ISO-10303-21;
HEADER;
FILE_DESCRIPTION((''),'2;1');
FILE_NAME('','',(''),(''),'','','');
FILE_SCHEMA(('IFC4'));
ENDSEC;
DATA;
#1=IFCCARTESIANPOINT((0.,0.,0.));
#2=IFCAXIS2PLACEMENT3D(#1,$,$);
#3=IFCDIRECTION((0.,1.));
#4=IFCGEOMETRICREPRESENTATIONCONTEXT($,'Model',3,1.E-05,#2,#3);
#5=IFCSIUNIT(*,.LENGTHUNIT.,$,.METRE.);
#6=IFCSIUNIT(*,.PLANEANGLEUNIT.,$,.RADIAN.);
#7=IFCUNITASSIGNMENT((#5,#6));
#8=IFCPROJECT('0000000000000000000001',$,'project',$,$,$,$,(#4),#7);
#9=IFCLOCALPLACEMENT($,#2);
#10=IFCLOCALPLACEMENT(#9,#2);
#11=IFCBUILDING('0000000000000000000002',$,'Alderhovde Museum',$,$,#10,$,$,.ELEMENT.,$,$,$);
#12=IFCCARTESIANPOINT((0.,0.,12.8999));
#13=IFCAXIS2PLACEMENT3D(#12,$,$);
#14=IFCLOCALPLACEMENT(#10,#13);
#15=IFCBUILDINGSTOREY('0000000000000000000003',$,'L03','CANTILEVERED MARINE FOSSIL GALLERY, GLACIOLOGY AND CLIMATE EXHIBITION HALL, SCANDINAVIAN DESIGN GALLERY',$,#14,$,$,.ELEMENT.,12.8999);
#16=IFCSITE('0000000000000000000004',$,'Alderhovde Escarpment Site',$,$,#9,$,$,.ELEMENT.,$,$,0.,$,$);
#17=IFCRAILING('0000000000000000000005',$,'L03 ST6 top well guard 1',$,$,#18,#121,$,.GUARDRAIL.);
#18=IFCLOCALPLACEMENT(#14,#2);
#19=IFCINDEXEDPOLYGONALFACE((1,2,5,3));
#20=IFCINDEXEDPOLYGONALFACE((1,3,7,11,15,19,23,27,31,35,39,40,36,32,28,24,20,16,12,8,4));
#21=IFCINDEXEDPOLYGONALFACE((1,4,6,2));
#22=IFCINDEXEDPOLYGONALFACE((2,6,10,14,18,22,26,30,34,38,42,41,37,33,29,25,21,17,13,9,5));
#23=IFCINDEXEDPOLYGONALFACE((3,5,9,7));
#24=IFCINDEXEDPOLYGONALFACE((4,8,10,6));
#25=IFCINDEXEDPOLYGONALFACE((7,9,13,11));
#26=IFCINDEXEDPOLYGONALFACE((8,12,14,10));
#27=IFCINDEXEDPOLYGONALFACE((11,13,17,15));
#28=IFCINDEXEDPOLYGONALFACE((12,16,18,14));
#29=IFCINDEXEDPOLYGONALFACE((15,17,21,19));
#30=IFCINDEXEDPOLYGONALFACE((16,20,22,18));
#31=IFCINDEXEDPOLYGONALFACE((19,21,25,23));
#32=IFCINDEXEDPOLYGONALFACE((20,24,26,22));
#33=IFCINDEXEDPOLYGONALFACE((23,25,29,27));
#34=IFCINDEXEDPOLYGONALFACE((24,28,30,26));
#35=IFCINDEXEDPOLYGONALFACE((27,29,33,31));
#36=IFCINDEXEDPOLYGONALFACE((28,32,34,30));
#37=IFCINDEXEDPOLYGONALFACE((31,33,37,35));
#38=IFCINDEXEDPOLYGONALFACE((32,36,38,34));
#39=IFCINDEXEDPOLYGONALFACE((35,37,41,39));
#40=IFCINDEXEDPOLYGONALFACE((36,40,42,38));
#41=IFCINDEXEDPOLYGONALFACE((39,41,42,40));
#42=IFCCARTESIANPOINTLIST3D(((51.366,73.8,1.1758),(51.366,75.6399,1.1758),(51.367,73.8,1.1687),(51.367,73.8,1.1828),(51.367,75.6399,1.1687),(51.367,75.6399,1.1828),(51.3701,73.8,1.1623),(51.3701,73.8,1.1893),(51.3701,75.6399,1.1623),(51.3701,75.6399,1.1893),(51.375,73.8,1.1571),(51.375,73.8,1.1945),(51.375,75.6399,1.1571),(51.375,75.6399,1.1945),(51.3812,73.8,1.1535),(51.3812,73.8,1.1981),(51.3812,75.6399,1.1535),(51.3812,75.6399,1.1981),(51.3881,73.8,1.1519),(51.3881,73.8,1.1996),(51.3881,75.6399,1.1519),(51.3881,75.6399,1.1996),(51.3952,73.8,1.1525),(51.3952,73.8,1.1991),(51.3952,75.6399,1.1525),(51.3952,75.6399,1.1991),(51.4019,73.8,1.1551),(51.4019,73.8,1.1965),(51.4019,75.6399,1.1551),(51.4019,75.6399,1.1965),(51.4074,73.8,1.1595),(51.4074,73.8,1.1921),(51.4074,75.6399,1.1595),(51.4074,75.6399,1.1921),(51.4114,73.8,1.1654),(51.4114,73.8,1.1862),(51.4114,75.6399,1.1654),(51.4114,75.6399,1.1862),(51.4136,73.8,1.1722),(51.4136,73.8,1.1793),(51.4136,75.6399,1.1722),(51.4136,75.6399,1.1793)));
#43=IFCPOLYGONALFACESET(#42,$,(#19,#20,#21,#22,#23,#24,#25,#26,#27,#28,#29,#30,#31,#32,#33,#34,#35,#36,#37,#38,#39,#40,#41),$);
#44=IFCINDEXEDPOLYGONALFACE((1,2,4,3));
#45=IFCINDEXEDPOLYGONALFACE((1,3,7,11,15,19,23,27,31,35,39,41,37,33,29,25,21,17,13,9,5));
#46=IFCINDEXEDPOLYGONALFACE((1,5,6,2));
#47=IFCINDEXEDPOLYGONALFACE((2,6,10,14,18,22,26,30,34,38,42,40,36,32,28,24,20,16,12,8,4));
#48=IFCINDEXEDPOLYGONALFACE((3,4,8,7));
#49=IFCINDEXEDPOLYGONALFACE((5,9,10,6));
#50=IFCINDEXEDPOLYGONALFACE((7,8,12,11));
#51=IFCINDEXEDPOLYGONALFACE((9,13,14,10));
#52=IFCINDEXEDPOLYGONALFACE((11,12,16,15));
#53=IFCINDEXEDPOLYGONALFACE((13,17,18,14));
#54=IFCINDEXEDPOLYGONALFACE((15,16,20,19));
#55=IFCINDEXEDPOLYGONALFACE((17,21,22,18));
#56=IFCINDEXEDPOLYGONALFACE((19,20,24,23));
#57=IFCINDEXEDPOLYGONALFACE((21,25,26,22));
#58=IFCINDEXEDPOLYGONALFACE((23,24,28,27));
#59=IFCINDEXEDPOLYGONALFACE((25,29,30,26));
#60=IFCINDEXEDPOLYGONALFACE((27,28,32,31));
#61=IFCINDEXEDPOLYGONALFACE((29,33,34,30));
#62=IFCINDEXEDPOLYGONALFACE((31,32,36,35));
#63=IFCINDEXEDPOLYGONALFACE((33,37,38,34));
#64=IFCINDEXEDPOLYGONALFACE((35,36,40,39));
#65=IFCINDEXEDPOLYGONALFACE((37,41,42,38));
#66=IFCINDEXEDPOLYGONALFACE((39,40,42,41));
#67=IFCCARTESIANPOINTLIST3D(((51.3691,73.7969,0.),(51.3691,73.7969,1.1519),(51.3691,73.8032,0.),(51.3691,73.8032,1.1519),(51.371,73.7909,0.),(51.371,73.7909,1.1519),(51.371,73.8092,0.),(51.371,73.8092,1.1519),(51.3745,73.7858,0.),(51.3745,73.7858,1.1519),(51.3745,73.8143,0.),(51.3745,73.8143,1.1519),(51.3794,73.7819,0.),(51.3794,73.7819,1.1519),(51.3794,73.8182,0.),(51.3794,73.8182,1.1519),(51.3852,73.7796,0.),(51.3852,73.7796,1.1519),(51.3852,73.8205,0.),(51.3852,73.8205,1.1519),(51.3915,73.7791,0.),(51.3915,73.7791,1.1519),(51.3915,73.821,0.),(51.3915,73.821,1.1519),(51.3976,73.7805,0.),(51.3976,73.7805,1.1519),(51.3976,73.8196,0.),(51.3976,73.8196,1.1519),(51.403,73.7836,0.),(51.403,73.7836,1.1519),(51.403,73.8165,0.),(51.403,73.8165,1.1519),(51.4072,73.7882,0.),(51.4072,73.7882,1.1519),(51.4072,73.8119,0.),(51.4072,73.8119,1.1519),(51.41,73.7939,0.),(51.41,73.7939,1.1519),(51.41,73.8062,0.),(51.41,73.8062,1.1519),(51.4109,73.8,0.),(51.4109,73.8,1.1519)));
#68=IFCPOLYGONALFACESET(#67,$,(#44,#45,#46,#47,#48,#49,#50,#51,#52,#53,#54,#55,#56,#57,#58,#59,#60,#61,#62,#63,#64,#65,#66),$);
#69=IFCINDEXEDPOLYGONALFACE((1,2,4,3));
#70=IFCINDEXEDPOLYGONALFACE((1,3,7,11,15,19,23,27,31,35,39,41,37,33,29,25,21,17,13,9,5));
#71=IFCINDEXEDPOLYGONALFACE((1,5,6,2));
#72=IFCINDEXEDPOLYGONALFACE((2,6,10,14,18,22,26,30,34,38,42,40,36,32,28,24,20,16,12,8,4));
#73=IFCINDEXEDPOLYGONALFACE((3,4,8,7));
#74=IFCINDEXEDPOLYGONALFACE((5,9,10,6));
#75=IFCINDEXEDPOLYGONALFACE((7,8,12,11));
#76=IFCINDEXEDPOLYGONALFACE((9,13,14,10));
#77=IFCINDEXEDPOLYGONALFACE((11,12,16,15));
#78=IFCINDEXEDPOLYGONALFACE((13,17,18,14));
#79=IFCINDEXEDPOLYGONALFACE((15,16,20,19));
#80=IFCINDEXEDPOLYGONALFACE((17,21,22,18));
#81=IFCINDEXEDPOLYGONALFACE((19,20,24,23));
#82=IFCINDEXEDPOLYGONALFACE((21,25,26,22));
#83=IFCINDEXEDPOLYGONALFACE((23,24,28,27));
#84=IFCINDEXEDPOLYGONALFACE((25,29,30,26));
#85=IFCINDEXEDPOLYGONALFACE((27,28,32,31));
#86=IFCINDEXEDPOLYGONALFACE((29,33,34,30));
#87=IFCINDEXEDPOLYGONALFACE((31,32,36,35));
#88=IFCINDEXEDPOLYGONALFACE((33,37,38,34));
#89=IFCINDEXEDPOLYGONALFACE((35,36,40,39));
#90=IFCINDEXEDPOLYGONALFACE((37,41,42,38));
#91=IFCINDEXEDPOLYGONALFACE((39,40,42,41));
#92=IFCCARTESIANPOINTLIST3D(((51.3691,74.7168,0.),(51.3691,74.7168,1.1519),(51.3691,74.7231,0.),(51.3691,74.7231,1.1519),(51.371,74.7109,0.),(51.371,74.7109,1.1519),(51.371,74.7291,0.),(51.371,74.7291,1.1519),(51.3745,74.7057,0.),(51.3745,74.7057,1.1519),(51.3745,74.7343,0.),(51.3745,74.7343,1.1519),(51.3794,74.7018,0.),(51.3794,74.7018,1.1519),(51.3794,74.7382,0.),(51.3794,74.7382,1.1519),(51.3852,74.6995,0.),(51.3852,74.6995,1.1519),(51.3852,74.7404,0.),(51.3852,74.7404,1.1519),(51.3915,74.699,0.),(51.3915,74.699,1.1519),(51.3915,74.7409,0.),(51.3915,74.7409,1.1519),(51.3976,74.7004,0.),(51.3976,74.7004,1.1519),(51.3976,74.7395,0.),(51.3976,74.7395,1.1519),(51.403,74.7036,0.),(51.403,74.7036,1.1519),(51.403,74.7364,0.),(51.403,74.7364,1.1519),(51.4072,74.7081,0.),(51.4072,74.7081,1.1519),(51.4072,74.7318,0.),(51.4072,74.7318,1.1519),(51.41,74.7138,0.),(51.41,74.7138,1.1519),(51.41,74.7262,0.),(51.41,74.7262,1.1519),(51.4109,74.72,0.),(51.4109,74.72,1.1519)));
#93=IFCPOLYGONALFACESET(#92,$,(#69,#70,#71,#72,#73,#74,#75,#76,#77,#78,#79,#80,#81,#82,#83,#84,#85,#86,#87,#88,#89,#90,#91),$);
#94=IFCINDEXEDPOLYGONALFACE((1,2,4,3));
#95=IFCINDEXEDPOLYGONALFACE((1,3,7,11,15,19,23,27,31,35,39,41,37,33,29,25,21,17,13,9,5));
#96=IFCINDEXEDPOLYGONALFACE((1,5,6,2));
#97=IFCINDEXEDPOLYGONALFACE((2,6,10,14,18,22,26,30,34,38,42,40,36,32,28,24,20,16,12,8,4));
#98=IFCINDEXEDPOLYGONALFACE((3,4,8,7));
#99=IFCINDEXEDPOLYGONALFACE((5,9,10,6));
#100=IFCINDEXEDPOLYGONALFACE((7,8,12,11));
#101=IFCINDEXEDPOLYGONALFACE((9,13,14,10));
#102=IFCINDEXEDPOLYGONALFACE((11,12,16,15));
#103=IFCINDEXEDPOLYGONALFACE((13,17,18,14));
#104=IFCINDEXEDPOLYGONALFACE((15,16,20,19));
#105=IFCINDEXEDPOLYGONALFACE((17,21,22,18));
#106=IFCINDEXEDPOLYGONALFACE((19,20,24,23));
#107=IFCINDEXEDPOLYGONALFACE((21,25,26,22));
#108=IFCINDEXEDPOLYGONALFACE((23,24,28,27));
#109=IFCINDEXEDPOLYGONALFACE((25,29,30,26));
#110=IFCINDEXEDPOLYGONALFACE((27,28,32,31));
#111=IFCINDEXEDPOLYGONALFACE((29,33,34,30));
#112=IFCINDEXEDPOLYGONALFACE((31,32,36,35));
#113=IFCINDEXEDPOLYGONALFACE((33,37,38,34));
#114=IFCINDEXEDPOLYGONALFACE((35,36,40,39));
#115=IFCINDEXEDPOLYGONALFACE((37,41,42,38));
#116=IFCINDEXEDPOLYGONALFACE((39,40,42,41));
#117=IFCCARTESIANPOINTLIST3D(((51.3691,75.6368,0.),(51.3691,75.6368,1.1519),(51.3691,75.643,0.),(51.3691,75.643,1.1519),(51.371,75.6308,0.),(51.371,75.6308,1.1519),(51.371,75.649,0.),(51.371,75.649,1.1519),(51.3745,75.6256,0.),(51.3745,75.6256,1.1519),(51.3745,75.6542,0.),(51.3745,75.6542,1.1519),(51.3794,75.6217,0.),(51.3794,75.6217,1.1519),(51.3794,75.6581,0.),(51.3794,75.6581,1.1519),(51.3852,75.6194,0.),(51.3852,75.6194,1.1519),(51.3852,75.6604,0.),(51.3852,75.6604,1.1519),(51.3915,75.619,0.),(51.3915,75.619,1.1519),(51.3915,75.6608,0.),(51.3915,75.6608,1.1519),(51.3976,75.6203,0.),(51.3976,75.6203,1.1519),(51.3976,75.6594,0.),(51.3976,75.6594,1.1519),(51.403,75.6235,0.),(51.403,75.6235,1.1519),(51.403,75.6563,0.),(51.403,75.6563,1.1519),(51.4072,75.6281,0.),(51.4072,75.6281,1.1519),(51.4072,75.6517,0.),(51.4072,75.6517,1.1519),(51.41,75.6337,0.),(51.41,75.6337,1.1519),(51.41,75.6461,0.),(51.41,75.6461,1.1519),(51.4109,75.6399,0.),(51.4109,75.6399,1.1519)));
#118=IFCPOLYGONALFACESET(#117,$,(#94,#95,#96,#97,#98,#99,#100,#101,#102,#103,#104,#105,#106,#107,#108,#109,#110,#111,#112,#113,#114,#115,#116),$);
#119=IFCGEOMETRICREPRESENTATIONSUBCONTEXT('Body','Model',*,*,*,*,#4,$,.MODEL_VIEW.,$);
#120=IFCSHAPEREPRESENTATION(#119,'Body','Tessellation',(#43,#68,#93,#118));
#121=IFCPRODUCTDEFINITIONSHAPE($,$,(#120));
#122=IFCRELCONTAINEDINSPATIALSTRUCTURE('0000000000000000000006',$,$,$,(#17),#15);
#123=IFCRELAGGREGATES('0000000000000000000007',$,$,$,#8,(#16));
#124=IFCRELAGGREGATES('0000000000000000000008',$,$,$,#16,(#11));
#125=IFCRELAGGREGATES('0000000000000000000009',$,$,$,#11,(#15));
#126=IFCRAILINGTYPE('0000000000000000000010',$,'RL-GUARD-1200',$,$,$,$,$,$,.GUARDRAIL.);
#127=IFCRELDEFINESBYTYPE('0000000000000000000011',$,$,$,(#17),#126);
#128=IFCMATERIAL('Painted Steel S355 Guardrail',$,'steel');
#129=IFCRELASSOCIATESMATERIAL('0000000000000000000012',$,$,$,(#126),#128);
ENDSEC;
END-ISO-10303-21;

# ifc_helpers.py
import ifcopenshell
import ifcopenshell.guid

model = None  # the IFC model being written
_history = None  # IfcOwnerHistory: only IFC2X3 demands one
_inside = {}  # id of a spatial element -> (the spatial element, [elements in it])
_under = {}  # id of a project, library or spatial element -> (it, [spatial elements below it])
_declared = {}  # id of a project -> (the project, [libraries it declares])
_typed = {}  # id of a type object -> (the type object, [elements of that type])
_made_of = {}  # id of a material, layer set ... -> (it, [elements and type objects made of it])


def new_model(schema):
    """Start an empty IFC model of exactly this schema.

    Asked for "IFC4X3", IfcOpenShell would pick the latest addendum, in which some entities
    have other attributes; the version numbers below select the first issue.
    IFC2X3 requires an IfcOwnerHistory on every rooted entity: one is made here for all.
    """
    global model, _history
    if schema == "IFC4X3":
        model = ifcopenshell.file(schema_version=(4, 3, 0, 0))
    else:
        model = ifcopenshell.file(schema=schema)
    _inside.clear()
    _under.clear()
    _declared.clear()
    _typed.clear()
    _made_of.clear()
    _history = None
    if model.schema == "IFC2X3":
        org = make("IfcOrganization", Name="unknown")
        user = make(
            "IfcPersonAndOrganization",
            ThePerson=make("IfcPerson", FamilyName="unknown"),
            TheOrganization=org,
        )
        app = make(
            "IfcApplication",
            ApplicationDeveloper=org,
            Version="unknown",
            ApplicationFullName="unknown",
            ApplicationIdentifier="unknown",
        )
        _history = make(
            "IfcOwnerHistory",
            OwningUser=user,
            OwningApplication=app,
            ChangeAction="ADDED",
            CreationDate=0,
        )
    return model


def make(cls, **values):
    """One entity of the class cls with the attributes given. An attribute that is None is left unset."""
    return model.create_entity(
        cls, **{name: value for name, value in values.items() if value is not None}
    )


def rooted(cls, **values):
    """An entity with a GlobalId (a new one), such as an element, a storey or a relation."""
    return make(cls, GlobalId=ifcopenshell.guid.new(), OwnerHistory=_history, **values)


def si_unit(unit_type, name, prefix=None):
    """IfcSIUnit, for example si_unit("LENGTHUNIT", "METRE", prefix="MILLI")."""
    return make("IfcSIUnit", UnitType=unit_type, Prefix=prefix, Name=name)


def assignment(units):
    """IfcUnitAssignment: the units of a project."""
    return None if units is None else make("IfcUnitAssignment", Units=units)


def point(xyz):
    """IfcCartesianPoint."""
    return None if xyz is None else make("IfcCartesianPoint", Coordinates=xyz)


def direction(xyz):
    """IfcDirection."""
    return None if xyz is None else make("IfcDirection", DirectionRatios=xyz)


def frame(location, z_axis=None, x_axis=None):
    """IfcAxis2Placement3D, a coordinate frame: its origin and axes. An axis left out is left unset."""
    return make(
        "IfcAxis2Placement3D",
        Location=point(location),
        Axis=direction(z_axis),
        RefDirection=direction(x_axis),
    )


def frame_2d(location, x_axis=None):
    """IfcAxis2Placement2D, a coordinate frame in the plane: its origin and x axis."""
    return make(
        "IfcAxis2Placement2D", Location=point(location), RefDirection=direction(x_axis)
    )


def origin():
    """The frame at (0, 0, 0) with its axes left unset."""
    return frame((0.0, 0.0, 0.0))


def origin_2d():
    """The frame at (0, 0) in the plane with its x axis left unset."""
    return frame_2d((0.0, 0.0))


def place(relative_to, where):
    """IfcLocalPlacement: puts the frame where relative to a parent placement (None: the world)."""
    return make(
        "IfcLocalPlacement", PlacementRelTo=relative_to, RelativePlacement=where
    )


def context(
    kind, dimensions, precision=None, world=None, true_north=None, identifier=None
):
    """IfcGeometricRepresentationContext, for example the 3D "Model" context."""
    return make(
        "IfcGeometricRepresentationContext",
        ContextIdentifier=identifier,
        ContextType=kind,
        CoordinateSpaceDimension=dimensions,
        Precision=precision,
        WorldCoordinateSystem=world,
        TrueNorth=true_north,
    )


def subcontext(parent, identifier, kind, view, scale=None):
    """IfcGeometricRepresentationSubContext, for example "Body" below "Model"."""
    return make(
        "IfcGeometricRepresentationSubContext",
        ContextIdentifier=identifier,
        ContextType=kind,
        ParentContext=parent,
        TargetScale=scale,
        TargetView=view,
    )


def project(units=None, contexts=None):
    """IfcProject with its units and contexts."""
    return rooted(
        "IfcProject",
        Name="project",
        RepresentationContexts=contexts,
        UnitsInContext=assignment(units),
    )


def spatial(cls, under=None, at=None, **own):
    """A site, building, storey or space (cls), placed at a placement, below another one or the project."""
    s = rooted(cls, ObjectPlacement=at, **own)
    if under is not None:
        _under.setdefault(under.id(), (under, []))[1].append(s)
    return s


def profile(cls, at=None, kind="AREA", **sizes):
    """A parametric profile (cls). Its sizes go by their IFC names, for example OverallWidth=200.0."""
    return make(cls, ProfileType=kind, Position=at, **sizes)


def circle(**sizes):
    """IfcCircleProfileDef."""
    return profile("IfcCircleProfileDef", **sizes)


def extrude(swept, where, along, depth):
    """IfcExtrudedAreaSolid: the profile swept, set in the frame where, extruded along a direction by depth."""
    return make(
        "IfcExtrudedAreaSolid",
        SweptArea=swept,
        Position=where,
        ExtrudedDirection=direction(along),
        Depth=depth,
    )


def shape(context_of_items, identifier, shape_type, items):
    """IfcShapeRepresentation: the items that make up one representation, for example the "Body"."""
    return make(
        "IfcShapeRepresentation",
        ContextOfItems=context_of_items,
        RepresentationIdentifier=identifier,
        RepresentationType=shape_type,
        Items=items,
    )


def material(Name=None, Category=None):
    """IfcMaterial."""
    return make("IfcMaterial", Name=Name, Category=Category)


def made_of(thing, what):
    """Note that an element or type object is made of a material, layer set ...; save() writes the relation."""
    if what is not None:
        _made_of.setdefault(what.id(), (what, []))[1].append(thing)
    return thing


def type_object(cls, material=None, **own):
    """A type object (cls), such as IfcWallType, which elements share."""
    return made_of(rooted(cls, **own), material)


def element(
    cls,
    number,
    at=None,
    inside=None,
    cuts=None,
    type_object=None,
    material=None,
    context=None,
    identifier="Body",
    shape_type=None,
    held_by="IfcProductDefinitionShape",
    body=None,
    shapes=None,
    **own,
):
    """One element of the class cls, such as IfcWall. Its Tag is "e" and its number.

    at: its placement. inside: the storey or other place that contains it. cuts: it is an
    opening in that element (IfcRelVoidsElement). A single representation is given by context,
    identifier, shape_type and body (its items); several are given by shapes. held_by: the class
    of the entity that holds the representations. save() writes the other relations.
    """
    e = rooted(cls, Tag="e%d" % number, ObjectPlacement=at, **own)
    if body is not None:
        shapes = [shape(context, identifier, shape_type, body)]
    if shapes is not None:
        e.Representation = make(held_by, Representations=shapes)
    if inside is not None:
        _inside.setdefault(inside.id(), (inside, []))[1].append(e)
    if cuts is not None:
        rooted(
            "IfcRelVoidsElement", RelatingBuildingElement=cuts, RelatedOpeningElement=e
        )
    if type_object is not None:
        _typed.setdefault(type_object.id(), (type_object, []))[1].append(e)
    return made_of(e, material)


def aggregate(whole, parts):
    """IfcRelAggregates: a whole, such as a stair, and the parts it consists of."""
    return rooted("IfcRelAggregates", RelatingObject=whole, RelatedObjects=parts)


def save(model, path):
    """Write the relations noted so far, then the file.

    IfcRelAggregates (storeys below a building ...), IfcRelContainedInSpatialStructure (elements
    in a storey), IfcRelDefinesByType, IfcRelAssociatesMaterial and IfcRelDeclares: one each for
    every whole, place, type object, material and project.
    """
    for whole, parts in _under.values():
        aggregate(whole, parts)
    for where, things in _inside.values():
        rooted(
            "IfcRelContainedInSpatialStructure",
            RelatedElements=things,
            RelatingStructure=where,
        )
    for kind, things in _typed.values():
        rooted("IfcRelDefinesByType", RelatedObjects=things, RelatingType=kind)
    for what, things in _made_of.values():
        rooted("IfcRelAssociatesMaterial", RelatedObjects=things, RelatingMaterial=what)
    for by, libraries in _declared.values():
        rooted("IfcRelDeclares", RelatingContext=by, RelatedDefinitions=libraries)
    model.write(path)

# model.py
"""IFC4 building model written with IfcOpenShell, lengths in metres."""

from ifc_helpers import new_model, si_unit, direction, frame, origin, origin_2d, place, context, subcontext, project, spatial, circle, extrude, material, type_object, element, save


model = new_model("IFC4")

# Units and contexts
model_context = context("Model", 3, precision=1e-05, world=origin(), true_north=direction((0.0, 1.0)))
body_context = subcontext(model_context, "Body", "Model", "MODEL_VIEW")
ifc_project = project(units=[si_unit("LENGTHUNIT", "METRE"), si_unit("PLANEANGLEUNIT", "RADIAN")], contexts=[model_context])

# Site, building, storey
site_placement = place(None, origin())
site = spatial("IfcSite", under=ifc_project, at=site_placement, Name="Alderhovde Escarpment Site", CompositionType="ELEMENT", RefElevation=0.0)
building_placement = place(site_placement, origin())
building = spatial("IfcBuilding", under=site, at=building_placement, Name="Alderhovde Museum", CompositionType="ELEMENT")
storey_placement = place(building_placement, frame((0.0, 0.0, 12.8999)))
storey = spatial("IfcBuildingStorey", under=building, at=storey_placement, Name="L03", Description="CANTILEVERED MARINE FOSSIL GALLERY, GLACIOLOGY AND CLIMATE EXHIBITION HALL, SCANDINAVIAN DESIGN GALLERY", CompositionType="ELEMENT", Elevation=12.8999)

# Railing
ifc_material_1 = material(Name="Painted Steel S355 Guardrail", Category="steel")
railing_type = type_object("IfcRailingType", Name="RL-GUARD-1200", PredefinedType="GUARDRAIL", material=ifc_material_1)
railing_placement = place(storey_placement, frame((51.3899, 73.8, 0.0)))
element("IfcRailing", 1, at=railing_placement, inside=storey, type_object=railing_type, Name="L03 ST6 top well guard 1", PredefinedType="GUARDRAIL", context=body_context, shape_type="SweptSolid", body=[
    extrude(circle(Radius=0.0239, at=origin_2d()), frame((0.0, 0.0, 1.1758), z_axis=(0.0, 1.0, 0.0), x_axis=(-1.0, 0.0, 0.0)), (0.0, 0.0, 1.0), 1.8398),
    extrude(circle(Radius=0.021, at=origin_2d()), origin(), (0.0, 0.0, 1.0), 1.1519),
    extrude(circle(Radius=0.021, at=origin_2d()), frame((0.0, 0.9199, 0.0)), (0.0, 0.0, 1.0), 1.1519),
    extrude(circle(Radius=0.021, at=origin_2d()), frame((0.0, 1.8398, 0.0)), (0.0, 0.0, 1.0), 1.1519),
])

save(model, "model.ifc")
